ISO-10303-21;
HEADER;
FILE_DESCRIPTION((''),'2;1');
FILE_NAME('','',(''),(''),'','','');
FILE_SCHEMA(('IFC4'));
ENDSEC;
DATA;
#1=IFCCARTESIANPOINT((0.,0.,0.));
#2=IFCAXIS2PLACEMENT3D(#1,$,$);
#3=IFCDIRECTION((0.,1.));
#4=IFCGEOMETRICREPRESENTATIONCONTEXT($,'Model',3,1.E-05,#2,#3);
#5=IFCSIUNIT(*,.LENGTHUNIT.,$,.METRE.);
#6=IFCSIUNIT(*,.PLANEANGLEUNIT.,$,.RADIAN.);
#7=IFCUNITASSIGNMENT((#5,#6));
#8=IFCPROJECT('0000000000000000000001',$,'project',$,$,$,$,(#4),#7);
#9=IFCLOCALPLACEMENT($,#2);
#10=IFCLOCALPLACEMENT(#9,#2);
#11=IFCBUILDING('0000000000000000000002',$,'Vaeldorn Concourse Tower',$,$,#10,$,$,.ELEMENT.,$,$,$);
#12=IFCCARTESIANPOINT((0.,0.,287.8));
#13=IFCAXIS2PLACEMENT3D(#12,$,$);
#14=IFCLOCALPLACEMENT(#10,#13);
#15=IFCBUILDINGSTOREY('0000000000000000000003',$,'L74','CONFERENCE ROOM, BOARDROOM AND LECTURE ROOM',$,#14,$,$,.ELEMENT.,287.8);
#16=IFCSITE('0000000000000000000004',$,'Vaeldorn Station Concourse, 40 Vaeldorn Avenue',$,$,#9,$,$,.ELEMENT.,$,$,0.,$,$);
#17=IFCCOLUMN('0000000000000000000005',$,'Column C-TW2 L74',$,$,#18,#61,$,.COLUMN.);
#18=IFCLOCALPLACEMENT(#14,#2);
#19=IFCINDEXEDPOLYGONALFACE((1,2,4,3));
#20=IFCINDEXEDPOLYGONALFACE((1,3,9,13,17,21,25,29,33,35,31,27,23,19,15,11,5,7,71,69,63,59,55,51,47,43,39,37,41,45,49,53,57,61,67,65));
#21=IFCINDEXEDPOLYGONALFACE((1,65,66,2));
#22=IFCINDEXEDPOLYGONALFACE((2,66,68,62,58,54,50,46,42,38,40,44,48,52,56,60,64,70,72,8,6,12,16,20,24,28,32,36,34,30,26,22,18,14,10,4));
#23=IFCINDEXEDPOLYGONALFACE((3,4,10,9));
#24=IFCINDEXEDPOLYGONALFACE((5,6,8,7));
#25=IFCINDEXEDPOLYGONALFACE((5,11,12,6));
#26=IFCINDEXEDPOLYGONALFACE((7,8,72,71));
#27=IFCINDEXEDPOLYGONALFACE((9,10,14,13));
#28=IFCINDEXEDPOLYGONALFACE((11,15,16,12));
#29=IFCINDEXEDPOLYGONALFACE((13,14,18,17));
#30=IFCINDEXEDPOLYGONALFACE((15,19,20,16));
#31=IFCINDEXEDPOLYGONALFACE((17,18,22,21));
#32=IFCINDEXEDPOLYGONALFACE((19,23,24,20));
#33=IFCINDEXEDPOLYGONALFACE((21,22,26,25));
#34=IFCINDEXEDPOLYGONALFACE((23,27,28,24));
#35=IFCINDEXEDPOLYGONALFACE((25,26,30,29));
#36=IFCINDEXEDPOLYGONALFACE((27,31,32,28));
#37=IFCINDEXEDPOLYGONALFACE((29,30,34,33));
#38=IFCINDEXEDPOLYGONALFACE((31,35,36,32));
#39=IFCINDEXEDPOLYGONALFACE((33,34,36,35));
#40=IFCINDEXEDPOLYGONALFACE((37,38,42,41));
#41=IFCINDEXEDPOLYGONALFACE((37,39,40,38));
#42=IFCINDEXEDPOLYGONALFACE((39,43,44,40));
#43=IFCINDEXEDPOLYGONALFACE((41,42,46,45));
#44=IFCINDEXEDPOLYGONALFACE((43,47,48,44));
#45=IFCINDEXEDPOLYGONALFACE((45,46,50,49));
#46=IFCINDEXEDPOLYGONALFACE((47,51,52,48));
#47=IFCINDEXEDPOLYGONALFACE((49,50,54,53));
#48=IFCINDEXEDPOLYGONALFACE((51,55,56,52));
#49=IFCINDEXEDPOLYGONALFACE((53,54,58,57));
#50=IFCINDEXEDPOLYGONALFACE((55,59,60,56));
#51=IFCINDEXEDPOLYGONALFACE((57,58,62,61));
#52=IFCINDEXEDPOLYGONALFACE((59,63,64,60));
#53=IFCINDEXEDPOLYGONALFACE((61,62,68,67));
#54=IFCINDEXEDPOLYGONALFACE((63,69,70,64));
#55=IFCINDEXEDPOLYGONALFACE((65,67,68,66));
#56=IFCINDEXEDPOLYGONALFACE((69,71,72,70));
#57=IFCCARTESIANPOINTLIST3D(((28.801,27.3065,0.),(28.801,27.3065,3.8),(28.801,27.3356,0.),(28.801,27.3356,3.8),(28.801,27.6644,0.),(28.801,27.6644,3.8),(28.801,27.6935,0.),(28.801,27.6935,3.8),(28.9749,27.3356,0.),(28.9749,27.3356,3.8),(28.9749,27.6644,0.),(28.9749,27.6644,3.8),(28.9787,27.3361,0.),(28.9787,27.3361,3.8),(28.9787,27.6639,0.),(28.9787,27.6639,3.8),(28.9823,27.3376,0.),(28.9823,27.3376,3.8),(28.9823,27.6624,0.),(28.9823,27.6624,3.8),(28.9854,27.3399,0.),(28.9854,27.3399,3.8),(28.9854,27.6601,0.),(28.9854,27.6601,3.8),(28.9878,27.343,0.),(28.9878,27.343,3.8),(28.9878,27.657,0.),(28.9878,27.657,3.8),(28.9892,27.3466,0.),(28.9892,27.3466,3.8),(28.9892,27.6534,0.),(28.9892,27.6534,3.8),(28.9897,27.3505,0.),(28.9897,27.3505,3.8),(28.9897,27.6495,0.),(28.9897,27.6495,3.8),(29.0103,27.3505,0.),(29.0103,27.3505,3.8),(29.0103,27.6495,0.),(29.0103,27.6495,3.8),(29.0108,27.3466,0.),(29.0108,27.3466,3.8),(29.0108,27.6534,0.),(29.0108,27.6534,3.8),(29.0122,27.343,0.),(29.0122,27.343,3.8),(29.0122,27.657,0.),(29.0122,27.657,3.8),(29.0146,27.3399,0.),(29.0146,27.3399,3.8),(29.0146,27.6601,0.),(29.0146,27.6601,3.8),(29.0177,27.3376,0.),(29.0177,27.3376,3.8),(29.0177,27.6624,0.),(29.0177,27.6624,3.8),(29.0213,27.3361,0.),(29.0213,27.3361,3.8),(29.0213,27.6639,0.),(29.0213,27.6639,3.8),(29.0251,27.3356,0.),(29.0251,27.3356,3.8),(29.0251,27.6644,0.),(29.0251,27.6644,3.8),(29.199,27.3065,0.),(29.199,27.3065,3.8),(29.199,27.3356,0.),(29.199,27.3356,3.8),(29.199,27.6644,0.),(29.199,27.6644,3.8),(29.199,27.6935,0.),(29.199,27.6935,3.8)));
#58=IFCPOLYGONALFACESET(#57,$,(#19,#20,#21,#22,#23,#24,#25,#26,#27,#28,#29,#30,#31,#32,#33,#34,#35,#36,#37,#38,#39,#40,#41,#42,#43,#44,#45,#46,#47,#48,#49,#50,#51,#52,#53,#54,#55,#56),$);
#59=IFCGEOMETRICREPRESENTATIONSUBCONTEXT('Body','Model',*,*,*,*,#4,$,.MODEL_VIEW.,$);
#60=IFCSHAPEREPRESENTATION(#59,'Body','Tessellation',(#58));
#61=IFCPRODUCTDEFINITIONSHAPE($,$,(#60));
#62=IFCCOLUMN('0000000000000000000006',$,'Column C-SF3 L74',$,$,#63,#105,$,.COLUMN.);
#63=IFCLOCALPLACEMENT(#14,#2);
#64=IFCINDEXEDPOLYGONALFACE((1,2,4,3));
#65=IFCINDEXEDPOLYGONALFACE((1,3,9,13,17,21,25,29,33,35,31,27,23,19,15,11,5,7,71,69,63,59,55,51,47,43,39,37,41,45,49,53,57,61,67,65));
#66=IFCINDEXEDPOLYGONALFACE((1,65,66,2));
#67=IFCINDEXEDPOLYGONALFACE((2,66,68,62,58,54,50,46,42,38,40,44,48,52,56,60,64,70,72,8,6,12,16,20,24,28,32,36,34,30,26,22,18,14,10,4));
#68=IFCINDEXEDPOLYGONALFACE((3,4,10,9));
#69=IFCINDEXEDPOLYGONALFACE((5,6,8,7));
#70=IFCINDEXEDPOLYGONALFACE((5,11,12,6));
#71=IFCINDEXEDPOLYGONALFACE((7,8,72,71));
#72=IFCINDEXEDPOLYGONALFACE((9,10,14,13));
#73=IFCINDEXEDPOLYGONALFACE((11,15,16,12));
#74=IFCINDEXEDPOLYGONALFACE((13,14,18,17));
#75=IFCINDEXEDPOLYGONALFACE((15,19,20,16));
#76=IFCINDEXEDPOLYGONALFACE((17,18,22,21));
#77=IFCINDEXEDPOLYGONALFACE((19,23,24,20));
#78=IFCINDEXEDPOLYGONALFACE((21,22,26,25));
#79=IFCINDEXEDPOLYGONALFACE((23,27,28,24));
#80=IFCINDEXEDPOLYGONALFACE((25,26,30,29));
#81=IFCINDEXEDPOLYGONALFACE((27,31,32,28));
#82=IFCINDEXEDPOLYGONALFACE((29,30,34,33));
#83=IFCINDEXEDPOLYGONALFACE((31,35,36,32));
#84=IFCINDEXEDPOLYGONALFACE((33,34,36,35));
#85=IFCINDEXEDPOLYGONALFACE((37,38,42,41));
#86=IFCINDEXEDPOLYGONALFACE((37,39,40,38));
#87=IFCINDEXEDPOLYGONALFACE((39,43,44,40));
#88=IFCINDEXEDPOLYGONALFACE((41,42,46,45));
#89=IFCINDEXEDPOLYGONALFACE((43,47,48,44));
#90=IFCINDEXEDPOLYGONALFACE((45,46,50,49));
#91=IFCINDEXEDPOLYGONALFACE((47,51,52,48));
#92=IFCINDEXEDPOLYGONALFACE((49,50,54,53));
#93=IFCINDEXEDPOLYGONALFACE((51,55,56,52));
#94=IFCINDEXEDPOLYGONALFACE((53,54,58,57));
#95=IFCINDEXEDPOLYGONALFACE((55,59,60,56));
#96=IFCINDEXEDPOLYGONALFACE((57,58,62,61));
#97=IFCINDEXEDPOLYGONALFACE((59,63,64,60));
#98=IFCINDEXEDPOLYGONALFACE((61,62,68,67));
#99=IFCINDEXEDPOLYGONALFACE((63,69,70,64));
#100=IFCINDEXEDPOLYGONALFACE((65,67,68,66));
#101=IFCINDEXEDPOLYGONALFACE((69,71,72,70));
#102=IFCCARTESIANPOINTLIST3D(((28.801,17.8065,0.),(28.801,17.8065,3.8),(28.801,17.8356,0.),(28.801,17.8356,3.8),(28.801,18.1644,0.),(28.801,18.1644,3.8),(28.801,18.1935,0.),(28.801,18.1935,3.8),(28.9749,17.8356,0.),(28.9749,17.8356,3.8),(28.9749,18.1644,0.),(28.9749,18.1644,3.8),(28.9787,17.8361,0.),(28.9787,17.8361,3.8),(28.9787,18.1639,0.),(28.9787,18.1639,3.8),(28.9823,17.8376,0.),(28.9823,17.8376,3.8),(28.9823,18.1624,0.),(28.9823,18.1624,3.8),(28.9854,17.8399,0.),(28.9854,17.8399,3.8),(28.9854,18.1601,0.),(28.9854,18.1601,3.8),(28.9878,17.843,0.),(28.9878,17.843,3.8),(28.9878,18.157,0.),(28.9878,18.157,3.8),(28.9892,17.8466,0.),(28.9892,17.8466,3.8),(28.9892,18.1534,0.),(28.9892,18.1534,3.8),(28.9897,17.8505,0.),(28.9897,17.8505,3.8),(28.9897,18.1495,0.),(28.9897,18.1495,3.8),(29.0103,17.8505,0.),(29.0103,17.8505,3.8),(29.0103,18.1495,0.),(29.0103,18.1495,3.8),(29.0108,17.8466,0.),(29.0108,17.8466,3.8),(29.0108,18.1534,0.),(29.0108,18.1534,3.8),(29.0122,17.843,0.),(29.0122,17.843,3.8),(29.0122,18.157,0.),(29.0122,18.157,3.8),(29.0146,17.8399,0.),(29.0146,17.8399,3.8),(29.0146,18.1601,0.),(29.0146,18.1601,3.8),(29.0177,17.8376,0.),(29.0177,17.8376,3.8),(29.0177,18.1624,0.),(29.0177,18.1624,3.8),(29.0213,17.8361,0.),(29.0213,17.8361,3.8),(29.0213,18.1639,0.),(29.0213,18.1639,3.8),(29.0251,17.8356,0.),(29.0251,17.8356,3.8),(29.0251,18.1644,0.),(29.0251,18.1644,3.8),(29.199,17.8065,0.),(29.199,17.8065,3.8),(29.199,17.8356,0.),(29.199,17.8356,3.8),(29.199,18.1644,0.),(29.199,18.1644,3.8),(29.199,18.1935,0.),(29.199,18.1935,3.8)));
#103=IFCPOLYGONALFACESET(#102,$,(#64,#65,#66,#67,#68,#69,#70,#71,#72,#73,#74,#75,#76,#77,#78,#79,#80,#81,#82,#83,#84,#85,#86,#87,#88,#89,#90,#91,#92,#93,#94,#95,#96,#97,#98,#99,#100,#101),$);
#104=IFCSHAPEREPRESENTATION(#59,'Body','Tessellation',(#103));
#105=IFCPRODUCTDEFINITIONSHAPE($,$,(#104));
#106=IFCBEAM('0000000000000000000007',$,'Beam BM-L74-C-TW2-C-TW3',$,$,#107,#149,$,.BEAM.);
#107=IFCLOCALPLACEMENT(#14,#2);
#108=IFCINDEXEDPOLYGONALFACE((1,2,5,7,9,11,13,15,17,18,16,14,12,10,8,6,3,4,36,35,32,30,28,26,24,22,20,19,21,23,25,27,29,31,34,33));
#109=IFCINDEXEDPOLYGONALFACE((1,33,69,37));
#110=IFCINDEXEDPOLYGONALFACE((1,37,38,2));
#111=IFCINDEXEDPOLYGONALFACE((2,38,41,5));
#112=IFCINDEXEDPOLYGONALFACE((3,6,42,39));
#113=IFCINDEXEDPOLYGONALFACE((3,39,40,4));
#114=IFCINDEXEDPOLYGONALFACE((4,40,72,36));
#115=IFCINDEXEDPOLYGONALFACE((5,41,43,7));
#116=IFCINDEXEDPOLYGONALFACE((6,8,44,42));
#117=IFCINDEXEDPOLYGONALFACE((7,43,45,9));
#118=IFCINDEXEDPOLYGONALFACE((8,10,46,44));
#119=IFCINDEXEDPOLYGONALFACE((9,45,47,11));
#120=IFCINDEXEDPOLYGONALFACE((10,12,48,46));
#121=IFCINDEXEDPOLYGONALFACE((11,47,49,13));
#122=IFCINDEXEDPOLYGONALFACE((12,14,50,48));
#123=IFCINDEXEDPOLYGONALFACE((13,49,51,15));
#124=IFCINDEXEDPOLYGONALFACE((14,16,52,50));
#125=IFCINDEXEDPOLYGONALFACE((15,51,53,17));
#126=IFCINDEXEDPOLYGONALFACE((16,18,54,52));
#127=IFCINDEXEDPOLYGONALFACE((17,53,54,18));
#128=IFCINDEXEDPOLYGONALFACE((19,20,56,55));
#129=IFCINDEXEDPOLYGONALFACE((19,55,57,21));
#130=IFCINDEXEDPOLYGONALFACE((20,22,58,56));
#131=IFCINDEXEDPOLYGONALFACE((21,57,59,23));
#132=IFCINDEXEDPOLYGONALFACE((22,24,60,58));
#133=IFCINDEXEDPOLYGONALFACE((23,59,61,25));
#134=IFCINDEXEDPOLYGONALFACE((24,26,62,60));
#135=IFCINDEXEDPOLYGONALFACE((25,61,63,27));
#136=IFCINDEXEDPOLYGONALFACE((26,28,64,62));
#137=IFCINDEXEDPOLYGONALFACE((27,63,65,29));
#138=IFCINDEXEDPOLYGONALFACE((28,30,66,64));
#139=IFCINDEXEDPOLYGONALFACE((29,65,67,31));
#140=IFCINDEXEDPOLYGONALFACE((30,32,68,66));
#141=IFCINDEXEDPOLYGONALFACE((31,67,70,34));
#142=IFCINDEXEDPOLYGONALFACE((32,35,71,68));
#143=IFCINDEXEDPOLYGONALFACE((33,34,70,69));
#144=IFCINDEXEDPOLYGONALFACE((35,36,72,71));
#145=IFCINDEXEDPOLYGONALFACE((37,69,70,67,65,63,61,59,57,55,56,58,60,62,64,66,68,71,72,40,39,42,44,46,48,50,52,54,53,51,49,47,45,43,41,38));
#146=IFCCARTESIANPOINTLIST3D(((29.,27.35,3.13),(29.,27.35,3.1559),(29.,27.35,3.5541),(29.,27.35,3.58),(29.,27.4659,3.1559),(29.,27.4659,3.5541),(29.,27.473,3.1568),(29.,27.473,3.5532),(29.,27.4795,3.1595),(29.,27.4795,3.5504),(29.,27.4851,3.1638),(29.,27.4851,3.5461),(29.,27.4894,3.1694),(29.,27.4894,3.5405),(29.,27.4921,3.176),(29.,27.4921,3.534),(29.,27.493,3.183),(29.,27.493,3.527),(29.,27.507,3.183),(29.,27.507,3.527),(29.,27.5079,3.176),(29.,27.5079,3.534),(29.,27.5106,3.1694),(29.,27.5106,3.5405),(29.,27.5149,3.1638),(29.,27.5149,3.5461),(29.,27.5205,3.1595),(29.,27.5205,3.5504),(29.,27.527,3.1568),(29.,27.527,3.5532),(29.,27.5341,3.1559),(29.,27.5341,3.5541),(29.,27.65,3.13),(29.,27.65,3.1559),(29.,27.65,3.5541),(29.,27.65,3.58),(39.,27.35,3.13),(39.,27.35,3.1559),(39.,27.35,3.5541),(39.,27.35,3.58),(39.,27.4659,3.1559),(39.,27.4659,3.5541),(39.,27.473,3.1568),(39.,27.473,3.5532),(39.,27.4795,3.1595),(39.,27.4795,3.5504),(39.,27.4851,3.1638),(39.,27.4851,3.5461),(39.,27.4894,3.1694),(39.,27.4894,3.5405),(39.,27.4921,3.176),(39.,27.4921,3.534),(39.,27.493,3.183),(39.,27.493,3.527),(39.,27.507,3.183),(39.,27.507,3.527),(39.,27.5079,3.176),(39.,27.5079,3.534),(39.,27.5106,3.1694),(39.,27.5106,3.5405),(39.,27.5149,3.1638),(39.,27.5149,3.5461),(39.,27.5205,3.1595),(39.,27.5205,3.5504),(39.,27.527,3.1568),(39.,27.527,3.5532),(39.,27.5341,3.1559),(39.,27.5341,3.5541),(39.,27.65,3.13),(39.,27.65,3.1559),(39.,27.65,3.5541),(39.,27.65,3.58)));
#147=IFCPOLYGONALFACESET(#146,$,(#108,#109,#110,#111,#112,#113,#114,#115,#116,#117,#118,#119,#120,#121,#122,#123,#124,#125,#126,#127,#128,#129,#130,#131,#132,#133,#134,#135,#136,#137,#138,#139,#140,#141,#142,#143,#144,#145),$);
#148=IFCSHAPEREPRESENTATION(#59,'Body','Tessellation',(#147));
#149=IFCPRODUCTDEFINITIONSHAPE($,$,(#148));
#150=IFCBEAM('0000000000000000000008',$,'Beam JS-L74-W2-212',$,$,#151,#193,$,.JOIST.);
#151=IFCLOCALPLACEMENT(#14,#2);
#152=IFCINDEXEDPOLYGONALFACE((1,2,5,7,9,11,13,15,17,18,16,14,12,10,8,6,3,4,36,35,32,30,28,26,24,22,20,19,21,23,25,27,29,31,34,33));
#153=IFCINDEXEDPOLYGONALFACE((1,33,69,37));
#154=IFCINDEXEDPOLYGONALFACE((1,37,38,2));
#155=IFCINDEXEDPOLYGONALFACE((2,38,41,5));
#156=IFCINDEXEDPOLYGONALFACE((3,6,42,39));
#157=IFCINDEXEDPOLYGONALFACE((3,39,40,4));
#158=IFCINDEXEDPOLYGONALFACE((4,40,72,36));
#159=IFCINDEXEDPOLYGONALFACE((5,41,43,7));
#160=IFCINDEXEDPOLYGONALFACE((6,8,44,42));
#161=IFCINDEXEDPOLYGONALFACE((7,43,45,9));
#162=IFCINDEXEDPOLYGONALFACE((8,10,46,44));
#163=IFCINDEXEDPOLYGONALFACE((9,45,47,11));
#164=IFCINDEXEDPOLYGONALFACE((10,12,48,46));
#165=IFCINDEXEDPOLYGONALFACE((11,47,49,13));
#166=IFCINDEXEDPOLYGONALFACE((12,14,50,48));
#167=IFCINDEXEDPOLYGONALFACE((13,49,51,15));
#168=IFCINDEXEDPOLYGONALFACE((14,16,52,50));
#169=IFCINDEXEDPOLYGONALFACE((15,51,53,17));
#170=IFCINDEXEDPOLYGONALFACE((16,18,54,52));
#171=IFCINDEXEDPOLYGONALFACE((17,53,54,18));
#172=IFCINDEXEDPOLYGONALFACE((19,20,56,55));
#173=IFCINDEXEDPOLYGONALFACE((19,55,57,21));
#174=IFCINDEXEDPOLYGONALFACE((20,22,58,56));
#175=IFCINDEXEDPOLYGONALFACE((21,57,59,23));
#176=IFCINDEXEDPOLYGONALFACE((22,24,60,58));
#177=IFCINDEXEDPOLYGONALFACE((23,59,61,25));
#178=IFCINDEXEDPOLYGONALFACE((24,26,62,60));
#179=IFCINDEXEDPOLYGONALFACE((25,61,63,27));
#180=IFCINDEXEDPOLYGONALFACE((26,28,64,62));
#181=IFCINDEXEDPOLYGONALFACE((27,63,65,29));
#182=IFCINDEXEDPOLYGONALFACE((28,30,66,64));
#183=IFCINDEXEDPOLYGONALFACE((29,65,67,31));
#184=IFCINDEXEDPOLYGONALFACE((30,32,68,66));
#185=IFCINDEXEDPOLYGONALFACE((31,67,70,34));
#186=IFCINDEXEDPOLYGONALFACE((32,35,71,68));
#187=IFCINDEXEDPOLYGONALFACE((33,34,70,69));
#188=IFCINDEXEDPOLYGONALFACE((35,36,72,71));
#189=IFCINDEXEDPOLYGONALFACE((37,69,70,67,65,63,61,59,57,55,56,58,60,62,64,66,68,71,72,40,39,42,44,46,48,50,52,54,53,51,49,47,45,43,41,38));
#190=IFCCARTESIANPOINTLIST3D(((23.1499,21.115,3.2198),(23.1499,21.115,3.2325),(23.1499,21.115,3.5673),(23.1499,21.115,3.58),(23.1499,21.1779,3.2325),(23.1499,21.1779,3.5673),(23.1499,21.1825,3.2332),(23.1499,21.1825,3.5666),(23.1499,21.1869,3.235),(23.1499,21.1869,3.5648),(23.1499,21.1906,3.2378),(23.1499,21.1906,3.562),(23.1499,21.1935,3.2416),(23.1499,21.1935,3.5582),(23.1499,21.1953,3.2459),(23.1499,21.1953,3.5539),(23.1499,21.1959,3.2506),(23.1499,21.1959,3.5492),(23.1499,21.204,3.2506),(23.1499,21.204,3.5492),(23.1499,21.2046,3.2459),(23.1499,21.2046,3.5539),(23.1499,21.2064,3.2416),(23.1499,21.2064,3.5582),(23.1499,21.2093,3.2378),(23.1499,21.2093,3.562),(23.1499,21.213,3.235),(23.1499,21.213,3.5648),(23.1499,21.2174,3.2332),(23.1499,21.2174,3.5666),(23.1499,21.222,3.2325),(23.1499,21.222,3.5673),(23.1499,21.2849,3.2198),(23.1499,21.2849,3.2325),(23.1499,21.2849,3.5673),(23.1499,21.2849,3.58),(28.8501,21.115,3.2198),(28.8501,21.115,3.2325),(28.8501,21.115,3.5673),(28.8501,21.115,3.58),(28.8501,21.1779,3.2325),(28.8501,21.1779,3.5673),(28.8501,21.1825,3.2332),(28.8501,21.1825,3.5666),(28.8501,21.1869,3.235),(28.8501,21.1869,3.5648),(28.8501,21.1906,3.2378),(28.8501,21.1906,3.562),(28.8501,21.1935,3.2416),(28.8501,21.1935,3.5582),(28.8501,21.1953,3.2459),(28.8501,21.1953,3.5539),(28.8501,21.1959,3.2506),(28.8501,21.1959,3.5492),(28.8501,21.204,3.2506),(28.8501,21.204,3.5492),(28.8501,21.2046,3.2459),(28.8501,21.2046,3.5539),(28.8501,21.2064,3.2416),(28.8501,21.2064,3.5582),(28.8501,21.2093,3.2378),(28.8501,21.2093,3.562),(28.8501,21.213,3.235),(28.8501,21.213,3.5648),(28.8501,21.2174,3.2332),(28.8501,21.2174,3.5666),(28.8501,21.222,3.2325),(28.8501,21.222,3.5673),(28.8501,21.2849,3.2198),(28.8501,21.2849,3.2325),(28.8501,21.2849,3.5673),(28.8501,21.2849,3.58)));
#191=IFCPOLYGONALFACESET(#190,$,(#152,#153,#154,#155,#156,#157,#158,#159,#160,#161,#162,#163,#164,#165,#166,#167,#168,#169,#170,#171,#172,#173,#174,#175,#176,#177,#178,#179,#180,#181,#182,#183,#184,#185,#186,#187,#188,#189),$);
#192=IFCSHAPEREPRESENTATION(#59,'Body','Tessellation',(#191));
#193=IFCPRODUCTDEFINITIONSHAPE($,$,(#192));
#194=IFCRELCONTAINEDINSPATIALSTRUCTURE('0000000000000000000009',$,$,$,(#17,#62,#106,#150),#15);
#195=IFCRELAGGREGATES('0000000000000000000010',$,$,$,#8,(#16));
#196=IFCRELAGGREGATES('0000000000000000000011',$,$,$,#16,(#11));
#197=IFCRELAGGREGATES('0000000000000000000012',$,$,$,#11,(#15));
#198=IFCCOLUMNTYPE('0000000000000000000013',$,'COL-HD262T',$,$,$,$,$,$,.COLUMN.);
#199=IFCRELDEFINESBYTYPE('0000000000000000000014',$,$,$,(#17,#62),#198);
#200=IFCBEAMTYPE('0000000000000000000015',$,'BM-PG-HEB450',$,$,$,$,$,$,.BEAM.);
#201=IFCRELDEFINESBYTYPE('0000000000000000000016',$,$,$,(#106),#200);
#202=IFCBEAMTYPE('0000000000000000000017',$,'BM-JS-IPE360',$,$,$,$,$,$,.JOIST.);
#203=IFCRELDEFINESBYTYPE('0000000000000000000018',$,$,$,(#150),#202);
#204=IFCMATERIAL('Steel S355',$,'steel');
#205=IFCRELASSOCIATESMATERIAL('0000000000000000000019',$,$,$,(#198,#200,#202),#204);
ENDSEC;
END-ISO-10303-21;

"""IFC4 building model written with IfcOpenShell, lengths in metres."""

from ifc_helpers import new_model, si_unit, direction, frame, origin, origin_2d, place, context, subcontext, project, spatial, i_section, extrude, source, transform, mapped, material, material_profile, profile_set, type_object, element, save


model = new_model("IFC4")

# Units and contexts
model_context = context("Model", 3, precision=1e-05, world=origin(), true_north=direction((0.0, 1.0)))
body_context = subcontext(model_context, "Body", "Model", "MODEL_VIEW")
ifc_project = project(units=[si_unit("LENGTHUNIT", "METRE"), si_unit("PLANEANGLEUNIT", "RADIAN")], contexts=[model_context])

# Site, building, storey
site_placement = place(None, origin())
site = spatial("IfcSite", under=ifc_project, at=site_placement, Name="Vaeldorn Station Concourse, 40 Vaeldorn Avenue", CompositionType="ELEMENT", RefElevation=0.0)
building_placement = place(site_placement, origin())
building = spatial("IfcBuilding", under=site, at=building_placement, Name="Vaeldorn Concourse Tower", CompositionType="ELEMENT")
storey_placement = place(building_placement, frame((0.0, 0.0, 287.8)))
storey = spatial("IfcBuildingStorey", under=building, at=storey_placement, Name="L74", Description="CONFERENCE ROOM, BOARDROOM AND LECTURE ROOM", CompositionType="ELEMENT", Elevation=287.8)

# Columns
ifc_material_1 = material(Name="Steel S355", Category="steel")
ifc_material_profile_1 = material_profile(ifc_material_1, i_section(OverallWidth=0.3979, OverallDepth=0.387, WebThickness=0.0205, FlangeThickness=0.0291, FilletRadius=0.0149, at=origin_2d()), Name="HD 400x262")
ifc_profile_set_1 = profile_set([ifc_material_profile_1], Name="Steel S355")
column_type = type_object("IfcColumnType", Name="COL-HD262T", PredefinedType="COLUMN", material=ifc_profile_set_1)
shared_shape_1 = source(origin(), body_context, "Body", "SweptSolid", [
    extrude(i_section(OverallWidth=0.3979, OverallDepth=0.387, WebThickness=0.0205, FlangeThickness=0.0291, FilletRadius=0.0149, at=origin_2d()), origin(), (0.0, 0.0, 1.0), 3.8),
])
for number, where, z_axis, x_axis, name in (
    (1, (29.0, 27.5, 0.0), (0.0, 0.0, 1.0), (1.0, 0.0, 0.0), "Column C-TW2 L74"),
    (2, (29.0, 18.0, 0.0), (0.0, 0.0, 1.0), (1.0, 0.0, 0.0), "Column C-SF3 L74"),
):
    element("IfcColumn", number, at=place(storey_placement, frame(where, z_axis=z_axis, x_axis=x_axis)), inside=storey, type_object=column_type, Name=name, PredefinedType="COLUMN", context=body_context, shape_type="MappedRepresentation", body=[
        mapped(shared_shape_1, transform((0.0, 0.0, 0.0), scale=1.0)),
    ])

# Beams
ifc_material_profile_2 = material_profile(ifc_material_1, i_section(OverallWidth=0.3, OverallDepth=0.45, WebThickness=0.0139, FlangeThickness=0.0259, FilletRadius=0.0271, at=origin_2d()), Name="HEB 450")
ifc_profile_set_2 = profile_set([ifc_material_profile_2], Name="Steel S355")
beam_type_1 = type_object("IfcBeamType", Name="BM-PG-HEB450", PredefinedType="BEAM", material=ifc_profile_set_2)
shared_shape_2 = source(origin(), body_context, "Body", "SweptSolid", [
    extrude(i_section(OverallWidth=0.3, OverallDepth=0.45, WebThickness=0.0139, FlangeThickness=0.0259, FilletRadius=0.0271, at=origin_2d()), origin(), (0.0, 0.0, 1.0), 10.0),
])
beam_1_placement = place(storey_placement, frame((29.0, 27.5, 3.355), z_axis=(1.0, 0.0, 0.0), x_axis=(0.0, 1.0, 0.0)))
element("IfcBeam", 3, at=beam_1_placement, inside=storey, type_object=beam_type_1, Name="Beam BM-L74-C-TW2-C-TW3", PredefinedType="BEAM", context=body_context, shape_type="MappedRepresentation", body=[
    mapped(shared_shape_2, transform((0.0, 0.0, 0.0), scale=1.0)),
])
ifc_material_profile_3 = material_profile(ifc_material_1, i_section(OverallWidth=0.1699, OverallDepth=0.3601, WebThickness=0.0081, FlangeThickness=0.0127, FilletRadius=0.0181, at=origin_2d()), Name="IPE 360")
ifc_profile_set_3 = profile_set([ifc_material_profile_3], Name="Steel S355")
beam_type_2 = type_object("IfcBeamType", Name="BM-JS-IPE360", PredefinedType="JOIST", material=ifc_profile_set_3)
shared_shape_3 = source(origin(), body_context, "Body", "SweptSolid", [
    extrude(i_section(OverallWidth=0.1699, OverallDepth=0.3601, WebThickness=0.0081, FlangeThickness=0.0127, FilletRadius=0.0181, at=origin_2d()), origin(), (0.0, 0.0, 1.0), 5.7002),
])
for number, where, z_axis, x_axis, name in (
    (4, (23.1499, 21.2, 3.3999), (1.0, 0.0, 0.0), (0.0, 1.0, 0.0), "Beam JS-L74-W2-212"),
):
    element("IfcBeam", number, at=place(storey_placement, frame(where, z_axis=z_axis, x_axis=x_axis)), inside=storey, type_object=beam_type_2, Name=name, PredefinedType="JOIST", context=body_context, shape_type="MappedRepresentation", body=[
        mapped(shared_shape_3, transform((0.0, 0.0, 0.0), scale=1.0)),
    ])

save(model, "model.ifc")
